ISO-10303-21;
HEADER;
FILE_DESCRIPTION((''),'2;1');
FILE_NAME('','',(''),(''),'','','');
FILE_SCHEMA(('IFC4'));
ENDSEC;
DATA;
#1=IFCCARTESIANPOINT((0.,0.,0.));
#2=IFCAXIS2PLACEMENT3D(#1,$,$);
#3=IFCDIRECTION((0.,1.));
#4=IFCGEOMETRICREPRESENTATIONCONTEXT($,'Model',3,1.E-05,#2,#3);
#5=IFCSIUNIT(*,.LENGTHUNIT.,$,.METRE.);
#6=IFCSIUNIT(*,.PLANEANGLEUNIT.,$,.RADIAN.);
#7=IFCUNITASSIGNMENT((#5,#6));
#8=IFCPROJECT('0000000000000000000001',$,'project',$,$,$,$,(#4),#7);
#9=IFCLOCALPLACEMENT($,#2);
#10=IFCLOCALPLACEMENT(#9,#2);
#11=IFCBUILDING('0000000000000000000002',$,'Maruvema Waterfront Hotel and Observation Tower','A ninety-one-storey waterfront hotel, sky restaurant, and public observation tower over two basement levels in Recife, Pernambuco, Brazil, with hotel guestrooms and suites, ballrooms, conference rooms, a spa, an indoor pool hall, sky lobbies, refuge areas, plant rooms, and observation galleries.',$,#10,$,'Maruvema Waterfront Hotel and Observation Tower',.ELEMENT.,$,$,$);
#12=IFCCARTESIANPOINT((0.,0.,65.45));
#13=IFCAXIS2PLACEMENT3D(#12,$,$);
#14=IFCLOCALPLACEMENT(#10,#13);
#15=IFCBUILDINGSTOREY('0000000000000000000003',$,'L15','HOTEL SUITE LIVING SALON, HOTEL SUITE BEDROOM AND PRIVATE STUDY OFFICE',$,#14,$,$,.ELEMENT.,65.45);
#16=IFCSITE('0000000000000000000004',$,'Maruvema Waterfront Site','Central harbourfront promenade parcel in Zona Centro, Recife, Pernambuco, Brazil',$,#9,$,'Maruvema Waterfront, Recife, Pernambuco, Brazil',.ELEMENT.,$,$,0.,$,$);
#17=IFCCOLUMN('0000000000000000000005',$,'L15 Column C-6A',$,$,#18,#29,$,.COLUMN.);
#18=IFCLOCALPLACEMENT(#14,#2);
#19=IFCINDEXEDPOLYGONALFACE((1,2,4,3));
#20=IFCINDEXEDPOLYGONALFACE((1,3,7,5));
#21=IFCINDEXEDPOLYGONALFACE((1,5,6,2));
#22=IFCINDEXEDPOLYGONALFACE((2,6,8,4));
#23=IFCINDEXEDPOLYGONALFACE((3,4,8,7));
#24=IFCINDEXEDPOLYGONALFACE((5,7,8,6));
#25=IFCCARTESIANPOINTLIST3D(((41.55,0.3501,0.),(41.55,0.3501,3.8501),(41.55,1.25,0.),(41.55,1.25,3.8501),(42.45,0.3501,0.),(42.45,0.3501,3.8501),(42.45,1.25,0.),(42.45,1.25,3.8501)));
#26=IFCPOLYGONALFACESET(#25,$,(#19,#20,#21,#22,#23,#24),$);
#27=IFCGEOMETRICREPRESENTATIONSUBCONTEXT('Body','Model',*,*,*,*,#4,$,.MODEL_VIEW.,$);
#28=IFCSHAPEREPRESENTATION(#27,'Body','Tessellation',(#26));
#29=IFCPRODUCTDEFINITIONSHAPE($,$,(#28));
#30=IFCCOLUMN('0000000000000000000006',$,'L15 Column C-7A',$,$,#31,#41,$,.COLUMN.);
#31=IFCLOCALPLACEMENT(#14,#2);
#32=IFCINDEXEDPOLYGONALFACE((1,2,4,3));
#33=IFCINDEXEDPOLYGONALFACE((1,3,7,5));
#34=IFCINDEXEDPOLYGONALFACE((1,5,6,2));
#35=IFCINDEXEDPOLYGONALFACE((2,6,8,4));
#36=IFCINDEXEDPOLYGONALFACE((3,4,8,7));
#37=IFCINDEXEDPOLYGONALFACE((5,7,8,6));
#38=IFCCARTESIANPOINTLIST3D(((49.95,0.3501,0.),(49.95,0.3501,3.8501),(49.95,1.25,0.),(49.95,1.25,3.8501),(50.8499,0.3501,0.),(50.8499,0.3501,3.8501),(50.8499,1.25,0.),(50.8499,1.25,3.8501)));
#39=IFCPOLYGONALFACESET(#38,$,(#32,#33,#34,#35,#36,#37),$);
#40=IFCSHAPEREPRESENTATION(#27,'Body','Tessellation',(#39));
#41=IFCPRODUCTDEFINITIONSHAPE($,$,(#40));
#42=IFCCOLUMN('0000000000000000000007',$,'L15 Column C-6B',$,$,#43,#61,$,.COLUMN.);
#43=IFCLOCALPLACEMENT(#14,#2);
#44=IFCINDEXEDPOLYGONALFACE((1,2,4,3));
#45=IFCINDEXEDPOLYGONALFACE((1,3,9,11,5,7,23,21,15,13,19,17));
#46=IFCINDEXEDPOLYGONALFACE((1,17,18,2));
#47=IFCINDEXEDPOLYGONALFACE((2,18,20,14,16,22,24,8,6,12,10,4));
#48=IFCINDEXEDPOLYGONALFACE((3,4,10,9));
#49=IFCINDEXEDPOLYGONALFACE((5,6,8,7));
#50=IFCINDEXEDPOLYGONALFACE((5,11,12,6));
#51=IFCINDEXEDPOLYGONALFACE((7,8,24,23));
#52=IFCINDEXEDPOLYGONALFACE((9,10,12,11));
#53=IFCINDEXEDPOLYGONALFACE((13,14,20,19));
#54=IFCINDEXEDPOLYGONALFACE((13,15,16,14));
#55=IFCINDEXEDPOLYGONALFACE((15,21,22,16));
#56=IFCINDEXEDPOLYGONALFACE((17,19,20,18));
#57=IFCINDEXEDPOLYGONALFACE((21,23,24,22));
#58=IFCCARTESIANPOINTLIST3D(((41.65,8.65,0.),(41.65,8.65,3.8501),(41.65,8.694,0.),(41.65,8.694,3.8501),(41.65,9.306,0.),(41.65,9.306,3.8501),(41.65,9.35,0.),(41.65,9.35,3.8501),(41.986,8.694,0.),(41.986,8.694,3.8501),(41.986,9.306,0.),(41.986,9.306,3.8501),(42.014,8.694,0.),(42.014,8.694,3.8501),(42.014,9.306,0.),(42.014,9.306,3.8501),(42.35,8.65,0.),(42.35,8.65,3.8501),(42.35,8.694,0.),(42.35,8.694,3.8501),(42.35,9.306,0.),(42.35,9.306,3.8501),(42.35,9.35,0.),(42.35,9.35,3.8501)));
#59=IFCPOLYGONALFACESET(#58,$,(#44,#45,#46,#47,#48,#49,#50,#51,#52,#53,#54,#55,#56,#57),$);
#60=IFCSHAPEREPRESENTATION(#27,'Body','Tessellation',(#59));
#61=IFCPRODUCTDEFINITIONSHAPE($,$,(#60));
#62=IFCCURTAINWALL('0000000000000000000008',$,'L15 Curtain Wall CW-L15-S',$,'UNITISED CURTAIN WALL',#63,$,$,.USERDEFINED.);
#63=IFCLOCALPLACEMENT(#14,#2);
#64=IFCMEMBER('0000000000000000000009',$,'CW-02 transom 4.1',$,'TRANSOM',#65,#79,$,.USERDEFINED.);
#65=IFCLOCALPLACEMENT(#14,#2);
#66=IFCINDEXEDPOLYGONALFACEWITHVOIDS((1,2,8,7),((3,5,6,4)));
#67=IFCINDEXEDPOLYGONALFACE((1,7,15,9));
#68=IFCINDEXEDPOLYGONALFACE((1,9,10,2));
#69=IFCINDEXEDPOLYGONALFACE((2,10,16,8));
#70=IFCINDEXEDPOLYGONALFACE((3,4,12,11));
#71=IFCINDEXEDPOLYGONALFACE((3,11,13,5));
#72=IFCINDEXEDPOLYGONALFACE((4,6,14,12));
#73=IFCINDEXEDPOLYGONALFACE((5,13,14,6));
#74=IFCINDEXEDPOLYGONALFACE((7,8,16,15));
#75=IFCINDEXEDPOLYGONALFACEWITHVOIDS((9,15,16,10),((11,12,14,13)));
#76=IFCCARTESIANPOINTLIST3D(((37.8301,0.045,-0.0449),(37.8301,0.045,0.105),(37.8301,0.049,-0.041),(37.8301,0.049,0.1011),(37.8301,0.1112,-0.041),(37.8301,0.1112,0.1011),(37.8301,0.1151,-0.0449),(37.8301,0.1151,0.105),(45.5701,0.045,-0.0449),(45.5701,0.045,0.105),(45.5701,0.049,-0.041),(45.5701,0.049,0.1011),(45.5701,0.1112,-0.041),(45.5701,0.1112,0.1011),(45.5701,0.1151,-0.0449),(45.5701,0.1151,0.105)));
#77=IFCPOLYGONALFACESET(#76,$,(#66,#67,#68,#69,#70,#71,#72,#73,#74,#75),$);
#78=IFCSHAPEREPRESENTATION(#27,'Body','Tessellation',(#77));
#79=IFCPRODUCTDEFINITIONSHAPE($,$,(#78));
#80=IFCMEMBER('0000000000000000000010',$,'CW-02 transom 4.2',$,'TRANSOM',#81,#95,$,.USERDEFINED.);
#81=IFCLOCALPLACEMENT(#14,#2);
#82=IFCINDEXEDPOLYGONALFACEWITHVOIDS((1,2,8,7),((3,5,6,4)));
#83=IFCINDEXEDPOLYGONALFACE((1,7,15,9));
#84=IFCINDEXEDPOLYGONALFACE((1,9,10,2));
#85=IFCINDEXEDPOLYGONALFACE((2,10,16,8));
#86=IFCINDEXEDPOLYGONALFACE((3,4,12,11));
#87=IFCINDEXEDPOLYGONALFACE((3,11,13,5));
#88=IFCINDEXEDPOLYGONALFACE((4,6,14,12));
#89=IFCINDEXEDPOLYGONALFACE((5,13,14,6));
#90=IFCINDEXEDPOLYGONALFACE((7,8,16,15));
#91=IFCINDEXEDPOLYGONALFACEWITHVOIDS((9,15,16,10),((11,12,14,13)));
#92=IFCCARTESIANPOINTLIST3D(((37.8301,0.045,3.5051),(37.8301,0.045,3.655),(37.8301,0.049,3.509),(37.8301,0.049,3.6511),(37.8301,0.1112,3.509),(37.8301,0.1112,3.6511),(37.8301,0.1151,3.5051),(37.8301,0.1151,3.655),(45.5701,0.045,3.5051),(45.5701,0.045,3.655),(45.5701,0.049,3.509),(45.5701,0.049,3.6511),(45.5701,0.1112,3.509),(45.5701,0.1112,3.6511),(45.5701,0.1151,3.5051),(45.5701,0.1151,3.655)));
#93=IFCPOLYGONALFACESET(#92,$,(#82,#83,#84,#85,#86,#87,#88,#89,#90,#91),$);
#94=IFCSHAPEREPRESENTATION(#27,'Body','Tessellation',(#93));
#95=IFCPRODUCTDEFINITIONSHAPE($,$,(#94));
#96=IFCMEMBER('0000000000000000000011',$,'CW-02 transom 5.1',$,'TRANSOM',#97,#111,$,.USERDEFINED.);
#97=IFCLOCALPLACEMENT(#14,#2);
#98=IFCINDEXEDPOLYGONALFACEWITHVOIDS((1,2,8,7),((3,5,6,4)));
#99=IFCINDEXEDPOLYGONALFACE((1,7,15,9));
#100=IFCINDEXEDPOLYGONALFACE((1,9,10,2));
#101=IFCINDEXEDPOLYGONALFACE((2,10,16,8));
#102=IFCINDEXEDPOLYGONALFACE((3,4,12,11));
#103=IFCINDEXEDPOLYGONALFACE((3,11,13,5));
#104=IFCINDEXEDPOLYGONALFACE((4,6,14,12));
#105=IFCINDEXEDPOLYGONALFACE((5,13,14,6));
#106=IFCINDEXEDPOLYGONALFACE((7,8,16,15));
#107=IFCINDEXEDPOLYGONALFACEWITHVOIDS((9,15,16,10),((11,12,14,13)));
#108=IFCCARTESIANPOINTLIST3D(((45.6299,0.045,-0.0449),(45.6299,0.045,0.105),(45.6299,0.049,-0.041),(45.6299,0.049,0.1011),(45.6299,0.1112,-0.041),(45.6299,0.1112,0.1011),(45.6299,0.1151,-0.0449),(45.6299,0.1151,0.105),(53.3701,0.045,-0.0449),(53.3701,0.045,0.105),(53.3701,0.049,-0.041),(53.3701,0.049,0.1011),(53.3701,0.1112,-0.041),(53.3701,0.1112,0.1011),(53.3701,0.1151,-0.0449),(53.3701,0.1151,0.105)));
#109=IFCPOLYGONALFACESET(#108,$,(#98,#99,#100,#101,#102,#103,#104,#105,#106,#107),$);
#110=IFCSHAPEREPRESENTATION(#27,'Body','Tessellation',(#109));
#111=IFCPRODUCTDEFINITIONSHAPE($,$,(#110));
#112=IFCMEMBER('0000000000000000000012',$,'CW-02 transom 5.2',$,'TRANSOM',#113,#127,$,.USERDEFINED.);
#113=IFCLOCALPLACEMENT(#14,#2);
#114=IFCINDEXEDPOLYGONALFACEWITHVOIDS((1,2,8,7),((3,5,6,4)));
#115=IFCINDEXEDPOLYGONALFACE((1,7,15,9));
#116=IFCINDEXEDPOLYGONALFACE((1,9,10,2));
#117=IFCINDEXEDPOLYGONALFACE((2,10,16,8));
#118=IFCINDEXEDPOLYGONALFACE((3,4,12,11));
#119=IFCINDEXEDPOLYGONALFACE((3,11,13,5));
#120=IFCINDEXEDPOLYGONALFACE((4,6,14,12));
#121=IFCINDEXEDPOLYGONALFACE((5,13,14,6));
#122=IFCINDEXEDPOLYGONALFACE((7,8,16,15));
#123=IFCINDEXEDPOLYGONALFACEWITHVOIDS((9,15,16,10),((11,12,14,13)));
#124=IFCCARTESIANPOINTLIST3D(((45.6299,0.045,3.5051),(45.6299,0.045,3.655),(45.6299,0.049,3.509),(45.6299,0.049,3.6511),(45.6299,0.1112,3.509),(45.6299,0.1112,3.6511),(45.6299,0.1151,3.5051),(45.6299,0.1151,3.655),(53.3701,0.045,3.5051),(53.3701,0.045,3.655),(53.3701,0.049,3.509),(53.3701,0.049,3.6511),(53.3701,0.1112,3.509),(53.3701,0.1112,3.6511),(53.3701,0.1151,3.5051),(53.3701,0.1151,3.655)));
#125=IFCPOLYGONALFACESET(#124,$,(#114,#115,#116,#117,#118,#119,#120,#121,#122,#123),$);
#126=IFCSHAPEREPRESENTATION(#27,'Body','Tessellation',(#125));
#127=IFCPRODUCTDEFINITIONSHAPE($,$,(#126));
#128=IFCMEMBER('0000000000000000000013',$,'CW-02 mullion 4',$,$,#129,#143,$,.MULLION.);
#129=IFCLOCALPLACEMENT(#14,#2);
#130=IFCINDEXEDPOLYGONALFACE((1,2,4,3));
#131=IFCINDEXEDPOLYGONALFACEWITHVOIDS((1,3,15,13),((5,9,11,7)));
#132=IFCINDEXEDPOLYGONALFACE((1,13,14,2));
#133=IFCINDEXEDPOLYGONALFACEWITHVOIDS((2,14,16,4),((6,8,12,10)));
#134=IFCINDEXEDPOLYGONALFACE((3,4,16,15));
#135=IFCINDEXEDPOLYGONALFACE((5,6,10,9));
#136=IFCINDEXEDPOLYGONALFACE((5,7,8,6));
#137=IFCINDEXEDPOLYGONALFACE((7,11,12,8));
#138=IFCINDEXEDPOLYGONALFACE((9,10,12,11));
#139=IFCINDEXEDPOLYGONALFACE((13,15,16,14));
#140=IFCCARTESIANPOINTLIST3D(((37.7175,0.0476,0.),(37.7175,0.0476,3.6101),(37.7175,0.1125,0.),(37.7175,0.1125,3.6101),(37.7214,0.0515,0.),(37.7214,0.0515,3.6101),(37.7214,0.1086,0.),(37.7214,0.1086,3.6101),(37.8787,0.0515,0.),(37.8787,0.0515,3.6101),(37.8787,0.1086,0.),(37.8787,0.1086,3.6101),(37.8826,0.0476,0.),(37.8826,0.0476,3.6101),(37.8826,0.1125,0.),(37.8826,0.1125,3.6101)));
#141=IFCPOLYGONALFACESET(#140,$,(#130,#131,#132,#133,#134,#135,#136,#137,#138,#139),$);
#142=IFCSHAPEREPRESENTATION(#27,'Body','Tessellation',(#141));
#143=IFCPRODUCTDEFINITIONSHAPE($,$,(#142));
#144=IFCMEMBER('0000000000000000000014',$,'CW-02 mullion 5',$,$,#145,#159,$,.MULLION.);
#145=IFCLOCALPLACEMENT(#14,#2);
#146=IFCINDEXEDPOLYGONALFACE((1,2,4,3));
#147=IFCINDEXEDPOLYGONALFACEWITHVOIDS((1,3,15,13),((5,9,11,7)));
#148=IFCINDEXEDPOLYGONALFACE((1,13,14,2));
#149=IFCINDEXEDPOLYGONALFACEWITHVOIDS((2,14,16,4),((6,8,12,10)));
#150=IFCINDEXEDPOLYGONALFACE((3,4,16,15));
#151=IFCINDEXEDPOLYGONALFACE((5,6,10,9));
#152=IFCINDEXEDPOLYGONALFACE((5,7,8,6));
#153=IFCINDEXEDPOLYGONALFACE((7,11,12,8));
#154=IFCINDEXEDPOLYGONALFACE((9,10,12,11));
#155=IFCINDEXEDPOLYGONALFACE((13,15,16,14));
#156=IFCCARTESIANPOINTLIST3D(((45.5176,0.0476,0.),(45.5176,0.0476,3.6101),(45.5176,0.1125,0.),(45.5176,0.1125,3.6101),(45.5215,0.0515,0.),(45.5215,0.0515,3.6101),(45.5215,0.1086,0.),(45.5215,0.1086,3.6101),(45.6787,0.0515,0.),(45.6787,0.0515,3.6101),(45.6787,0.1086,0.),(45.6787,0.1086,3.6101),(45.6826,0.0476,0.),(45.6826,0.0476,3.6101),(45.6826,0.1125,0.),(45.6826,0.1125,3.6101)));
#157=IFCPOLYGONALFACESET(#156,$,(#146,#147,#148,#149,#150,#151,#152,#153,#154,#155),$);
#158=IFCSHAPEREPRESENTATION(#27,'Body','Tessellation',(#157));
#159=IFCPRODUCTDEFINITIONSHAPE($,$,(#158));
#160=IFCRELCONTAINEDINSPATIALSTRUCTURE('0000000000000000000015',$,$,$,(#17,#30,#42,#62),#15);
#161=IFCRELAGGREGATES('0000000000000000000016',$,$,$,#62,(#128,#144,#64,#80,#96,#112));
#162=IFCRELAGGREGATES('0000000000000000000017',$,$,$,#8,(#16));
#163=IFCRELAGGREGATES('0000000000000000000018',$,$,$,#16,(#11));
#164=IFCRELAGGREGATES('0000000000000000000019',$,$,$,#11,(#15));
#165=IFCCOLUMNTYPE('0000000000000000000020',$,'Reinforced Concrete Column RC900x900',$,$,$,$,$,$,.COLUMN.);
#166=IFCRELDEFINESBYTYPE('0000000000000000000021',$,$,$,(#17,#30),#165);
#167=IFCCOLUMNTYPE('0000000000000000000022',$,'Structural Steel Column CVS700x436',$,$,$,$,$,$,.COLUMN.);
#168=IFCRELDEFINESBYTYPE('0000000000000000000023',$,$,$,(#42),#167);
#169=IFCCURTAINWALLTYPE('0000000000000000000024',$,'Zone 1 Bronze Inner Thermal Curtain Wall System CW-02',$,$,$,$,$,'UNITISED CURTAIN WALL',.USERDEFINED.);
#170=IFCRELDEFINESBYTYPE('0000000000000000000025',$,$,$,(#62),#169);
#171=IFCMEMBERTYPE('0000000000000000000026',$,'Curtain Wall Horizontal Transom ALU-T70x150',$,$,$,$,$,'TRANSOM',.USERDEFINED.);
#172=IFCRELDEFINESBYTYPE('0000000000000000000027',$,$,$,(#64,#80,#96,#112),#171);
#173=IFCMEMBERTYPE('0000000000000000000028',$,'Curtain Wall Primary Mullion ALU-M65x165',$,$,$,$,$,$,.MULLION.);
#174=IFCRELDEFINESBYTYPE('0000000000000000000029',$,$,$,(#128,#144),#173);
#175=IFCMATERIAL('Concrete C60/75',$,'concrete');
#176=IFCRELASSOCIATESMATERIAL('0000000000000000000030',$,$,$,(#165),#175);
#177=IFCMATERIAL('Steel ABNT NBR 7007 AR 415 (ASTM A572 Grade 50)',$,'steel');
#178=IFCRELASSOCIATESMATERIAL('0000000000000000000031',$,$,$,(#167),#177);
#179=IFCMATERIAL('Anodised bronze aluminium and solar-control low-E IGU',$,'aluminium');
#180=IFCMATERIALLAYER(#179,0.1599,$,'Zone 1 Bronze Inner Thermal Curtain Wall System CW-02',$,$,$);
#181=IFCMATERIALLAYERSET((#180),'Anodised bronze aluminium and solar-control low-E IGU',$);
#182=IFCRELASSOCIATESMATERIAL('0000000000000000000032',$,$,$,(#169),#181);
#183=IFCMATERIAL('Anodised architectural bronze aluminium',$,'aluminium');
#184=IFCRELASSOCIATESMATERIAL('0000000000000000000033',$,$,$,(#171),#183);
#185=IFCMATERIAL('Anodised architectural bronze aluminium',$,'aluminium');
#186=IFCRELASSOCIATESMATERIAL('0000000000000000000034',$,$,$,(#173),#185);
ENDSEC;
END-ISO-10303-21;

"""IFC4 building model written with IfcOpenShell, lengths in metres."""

from ifc_helpers import new_model, si_unit, direction, frame, origin, origin_2d, place, context, subcontext, project, spatial, rectangle, hollow_rectangle, i_section, extrude, material, layer, layer_set, material_profile, profile_set, type_object, element, aggregate, save


model = new_model("IFC4")

# Units and contexts
model_context = context("Model", 3, precision=1e-05, world=origin(), true_north=direction((0.0, 1.0)))
body_context = subcontext(model_context, "Body", "Model", "MODEL_VIEW")
ifc_project = project(units=[si_unit("LENGTHUNIT", "METRE"), si_unit("PLANEANGLEUNIT", "RADIAN")], contexts=[model_context])

# Site, building, storey
site_placement = place(None, origin())
site = spatial("IfcSite", under=ifc_project, at=site_placement, Name="Maruvema Waterfront Site", Description="Central harbourfront promenade parcel in Zona Centro, Recife, Pernambuco, Brazil", LongName="Maruvema Waterfront, Recife, Pernambuco, Brazil", CompositionType="ELEMENT", RefElevation=0.0)
building_placement = place(site_placement, origin())
building = spatial("IfcBuilding", under=site, at=building_placement, Name="Maruvema Waterfront Hotel and Observation Tower", Description="A ninety-one-storey waterfront hotel, sky restaurant, and public observation tower over two basement levels in Recife, Pernambuco, Brazil, with hotel guestrooms and suites, ballrooms, conference rooms, a spa, an indoor pool hall, sky lobbies, refuge areas, plant rooms, and observation galleries.", LongName="Maruvema Waterfront Hotel and Observation Tower", CompositionType="ELEMENT")
storey_placement = place(building_placement, frame((0.0, 0.0, 65.45)))
storey = spatial("IfcBuildingStorey", under=building, at=storey_placement, Name="L15", Description="HOTEL SUITE LIVING SALON, HOTEL SUITE BEDROOM AND PRIVATE STUDY OFFICE", CompositionType="ELEMENT", Elevation=65.45)

# Columns
ifc_material_1 = material(Name="Concrete C60/75", Category="concrete")
ifc_material_profile_1 = material_profile(ifc_material_1, rectangle(XDim=0.8999, YDim=0.8999, at=origin_2d()), Name="RC900x900")
ifc_profile_set_1 = profile_set([ifc_material_profile_1], Name="Concrete C60/75")
column_type_1 = type_object("IfcColumnType", Name="Reinforced Concrete Column RC900x900", PredefinedType="COLUMN", material=ifc_profile_set_1)
for number, where, z_axis, x_axis, name in (
    (1, (42.0, 0.8, 0.0), (0.0, 0.0, 1.0), (1.0, 0.0, 0.0), "L15 Column C-6A"),
    (2, (50.3999, 0.8, 0.0), (0.0, 0.0, 1.0), (1.0, 0.0, 0.0), "L15 Column C-7A"),
):
    element("IfcColumn", number, at=place(storey_placement, frame(where, z_axis=z_axis, x_axis=x_axis)), inside=storey, type_object=column_type_1, Name=name, PredefinedType="COLUMN", context=body_context, shape_type="SweptSolid", body=[
        extrude(rectangle(XDim=0.8999, YDim=0.8999, at=origin_2d()), origin(), (0.0, 0.0, 1.0), 3.8501),
    ])
ifc_material_2 = material(Name="Steel ABNT NBR 7007 AR 415 (ASTM A572 Grade 50)", Category="steel")
ifc_material_profile_2 = material_profile(ifc_material_2, i_section(OverallWidth=0.7, OverallDepth=0.7, WebThickness=0.0281, FlangeThickness=0.0439, at=origin_2d()), Name="CVS700x436")
ifc_profile_set_2 = profile_set([ifc_material_profile_2], Name="Steel ABNT NBR 7007 AR 415 (ASTM A572 Grade 50)")
column_type_2 = type_object("IfcColumnType", Name="Structural Steel Column CVS700x436", PredefinedType="COLUMN", material=ifc_profile_set_2)
column_placement = place(storey_placement, frame((42.0, 9.0, 0.0), z_axis=(0.0, 0.0, 1.0), x_axis=(1.0, 0.0, 0.0)))
element("IfcColumn", 3, at=column_placement, inside=storey, type_object=column_type_2, Name="L15 Column C-6B", PredefinedType="COLUMN", context=body_context, shape_type="SweptSolid", body=[
    extrude(i_section(OverallWidth=0.7, OverallDepth=0.7, WebThickness=0.0281, FlangeThickness=0.0439, at=origin_2d()), origin(), (0.0, 0.0, 1.0), 3.8501),
])

# Curtain wall, members
ifc_material_3 = material(Name="Anodised bronze aluminium and solar-control low-E IGU", Category="aluminium")
ifc_layer_1 = layer(ifc_material_3, 0.1599, Name="Zone 1 Bronze Inner Thermal Curtain Wall System CW-02")
ifc_layer_set_1 = layer_set([ifc_layer_1], Name="Anodised bronze aluminium and solar-control low-E IGU")
curtain_wall_type = type_object("IfcCurtainWallType", Name="Zone 1 Bronze Inner Thermal Curtain Wall System CW-02", ElementType="UNITISED CURTAIN WALL", PredefinedType="USERDEFINED", material=ifc_layer_set_1)
curtain_wall_placement = place(storey_placement, origin())
curtain_wall = element("IfcCurtainWall", 4, at=curtain_wall_placement, inside=storey, type_object=curtain_wall_type, Name="L15 Curtain Wall CW-L15-S", ObjectType="UNITISED CURTAIN WALL", PredefinedType="USERDEFINED")
ifc_material_4 = material(Name="Anodised architectural bronze aluminium", Category="aluminium")
ifc_material_profile_3 = material_profile(ifc_material_4, hollow_rectangle(XDim=0.0701, YDim=0.1499, WallThickness=0.0039, at=origin_2d()), Name="ALU-T70x150")
ifc_profile_set_3 = profile_set([ifc_material_profile_3], Name="Anodised architectural bronze aluminium")
member_type_1 = type_object("IfcMemberType", Name="Curtain Wall Horizontal Transom ALU-T70x150", ElementType="TRANSOM", PredefinedType="USERDEFINED", material=ifc_profile_set_3)
member_1_placement = place(storey_placement, frame((37.8301, 0.0801, 0.03), z_axis=(1.0, 0.0, 0.0), x_axis=(0.0, 1.0, 0.0)))
member_1 = element("IfcMember", 5, at=member_1_placement, type_object=member_type_1, Name="CW-02 transom 4.1", ObjectType="TRANSOM", PredefinedType="USERDEFINED", context=body_context, shape_type="SweptSolid", body=[
    extrude(hollow_rectangle(XDim=0.0701, YDim=0.1499, WallThickness=0.0039, at=origin_2d()), origin(), (0.0, 0.0, 1.0), 7.74),
])
member_2_placement = place(storey_placement, frame((37.8301, 0.0801, 3.5801), z_axis=(1.0, 0.0, 0.0), x_axis=(0.0, 1.0, 0.0)))
member_2 = element("IfcMember", 6, at=member_2_placement, type_object=member_type_1, Name="CW-02 transom 4.2", ObjectType="TRANSOM", PredefinedType="USERDEFINED", context=body_context, shape_type="SweptSolid", body=[
    extrude(hollow_rectangle(XDim=0.0701, YDim=0.1499, WallThickness=0.0039, at=origin_2d()), origin(), (0.0, 0.0, 1.0), 7.74),
])
member_3_placement = place(storey_placement, frame((45.6299, 0.0801, 0.03), z_axis=(1.0, 0.0, 0.0), x_axis=(0.0, 1.0, 0.0)))
member_3 = element("IfcMember", 7, at=member_3_placement, type_object=member_type_1, Name="CW-02 transom 5.1", ObjectType="TRANSOM", PredefinedType="USERDEFINED", context=body_context, shape_type="SweptSolid", body=[
    extrude(hollow_rectangle(XDim=0.0701, YDim=0.1499, WallThickness=0.0039, at=origin_2d()), origin(), (0.0, 0.0, 1.0), 7.7402),
])
member_4_placement = place(storey_placement, frame((45.6299, 0.0801, 3.5801), z_axis=(1.0, 0.0, 0.0), x_axis=(0.0, 1.0, 0.0)))
member_4 = element("IfcMember", 8, at=member_4_placement, type_object=member_type_1, Name="CW-02 transom 5.2", ObjectType="TRANSOM", PredefinedType="USERDEFINED", context=body_context, shape_type="SweptSolid", body=[
    extrude(hollow_rectangle(XDim=0.0701, YDim=0.1499, WallThickness=0.0039, at=origin_2d()), origin(), (0.0, 0.0, 1.0), 7.7402),
])
ifc_material_5 = material(Name="Anodised architectural bronze aluminium", Category="aluminium")
ifc_material_profile_4 = material_profile(ifc_material_5, hollow_rectangle(XDim=0.0649, YDim=0.165, WallThickness=0.0039, at=origin_2d()), Name="ALU-M65x165")
ifc_profile_set_4 = profile_set([ifc_material_profile_4], Name="Anodised architectural bronze aluminium")
member_type_2 = type_object("IfcMemberType", Name="Curtain Wall Primary Mullion ALU-M65x165", PredefinedType="MULLION", material=ifc_profile_set_4)
member_5_placement = place(storey_placement, frame((37.8, 0.0801, 0.0), z_axis=(0.0, 0.0, 1.0), x_axis=(0.0, 1.0, 0.0)))
member_5 = element("IfcMember", 9, at=member_5_placement, type_object=member_type_2, Name="CW-02 mullion 4", PredefinedType="MULLION", context=body_context, shape_type="SweptSolid", body=[
    extrude(hollow_rectangle(XDim=0.0649, YDim=0.165, WallThickness=0.0039, at=origin_2d()), origin(), (0.0, 0.0, 1.0), 3.6101),
])
member_6_placement = place(storey_placement, frame((45.6001, 0.0801, 0.0), z_axis=(0.0, 0.0, 1.0), x_axis=(0.0, 1.0, 0.0)))
member_6 = element("IfcMember", 10, at=member_6_placement, type_object=member_type_2, Name="CW-02 mullion 5", PredefinedType="MULLION", context=body_context, shape_type="SweptSolid", body=[
    extrude(hollow_rectangle(XDim=0.0649, YDim=0.165, WallThickness=0.0039, at=origin_2d()), origin(), (0.0, 0.0, 1.0), 3.6101),
])

aggregate(curtain_wall, [member_5, member_6, member_1, member_2, member_3, member_4])

save(model, "model.ifc")
